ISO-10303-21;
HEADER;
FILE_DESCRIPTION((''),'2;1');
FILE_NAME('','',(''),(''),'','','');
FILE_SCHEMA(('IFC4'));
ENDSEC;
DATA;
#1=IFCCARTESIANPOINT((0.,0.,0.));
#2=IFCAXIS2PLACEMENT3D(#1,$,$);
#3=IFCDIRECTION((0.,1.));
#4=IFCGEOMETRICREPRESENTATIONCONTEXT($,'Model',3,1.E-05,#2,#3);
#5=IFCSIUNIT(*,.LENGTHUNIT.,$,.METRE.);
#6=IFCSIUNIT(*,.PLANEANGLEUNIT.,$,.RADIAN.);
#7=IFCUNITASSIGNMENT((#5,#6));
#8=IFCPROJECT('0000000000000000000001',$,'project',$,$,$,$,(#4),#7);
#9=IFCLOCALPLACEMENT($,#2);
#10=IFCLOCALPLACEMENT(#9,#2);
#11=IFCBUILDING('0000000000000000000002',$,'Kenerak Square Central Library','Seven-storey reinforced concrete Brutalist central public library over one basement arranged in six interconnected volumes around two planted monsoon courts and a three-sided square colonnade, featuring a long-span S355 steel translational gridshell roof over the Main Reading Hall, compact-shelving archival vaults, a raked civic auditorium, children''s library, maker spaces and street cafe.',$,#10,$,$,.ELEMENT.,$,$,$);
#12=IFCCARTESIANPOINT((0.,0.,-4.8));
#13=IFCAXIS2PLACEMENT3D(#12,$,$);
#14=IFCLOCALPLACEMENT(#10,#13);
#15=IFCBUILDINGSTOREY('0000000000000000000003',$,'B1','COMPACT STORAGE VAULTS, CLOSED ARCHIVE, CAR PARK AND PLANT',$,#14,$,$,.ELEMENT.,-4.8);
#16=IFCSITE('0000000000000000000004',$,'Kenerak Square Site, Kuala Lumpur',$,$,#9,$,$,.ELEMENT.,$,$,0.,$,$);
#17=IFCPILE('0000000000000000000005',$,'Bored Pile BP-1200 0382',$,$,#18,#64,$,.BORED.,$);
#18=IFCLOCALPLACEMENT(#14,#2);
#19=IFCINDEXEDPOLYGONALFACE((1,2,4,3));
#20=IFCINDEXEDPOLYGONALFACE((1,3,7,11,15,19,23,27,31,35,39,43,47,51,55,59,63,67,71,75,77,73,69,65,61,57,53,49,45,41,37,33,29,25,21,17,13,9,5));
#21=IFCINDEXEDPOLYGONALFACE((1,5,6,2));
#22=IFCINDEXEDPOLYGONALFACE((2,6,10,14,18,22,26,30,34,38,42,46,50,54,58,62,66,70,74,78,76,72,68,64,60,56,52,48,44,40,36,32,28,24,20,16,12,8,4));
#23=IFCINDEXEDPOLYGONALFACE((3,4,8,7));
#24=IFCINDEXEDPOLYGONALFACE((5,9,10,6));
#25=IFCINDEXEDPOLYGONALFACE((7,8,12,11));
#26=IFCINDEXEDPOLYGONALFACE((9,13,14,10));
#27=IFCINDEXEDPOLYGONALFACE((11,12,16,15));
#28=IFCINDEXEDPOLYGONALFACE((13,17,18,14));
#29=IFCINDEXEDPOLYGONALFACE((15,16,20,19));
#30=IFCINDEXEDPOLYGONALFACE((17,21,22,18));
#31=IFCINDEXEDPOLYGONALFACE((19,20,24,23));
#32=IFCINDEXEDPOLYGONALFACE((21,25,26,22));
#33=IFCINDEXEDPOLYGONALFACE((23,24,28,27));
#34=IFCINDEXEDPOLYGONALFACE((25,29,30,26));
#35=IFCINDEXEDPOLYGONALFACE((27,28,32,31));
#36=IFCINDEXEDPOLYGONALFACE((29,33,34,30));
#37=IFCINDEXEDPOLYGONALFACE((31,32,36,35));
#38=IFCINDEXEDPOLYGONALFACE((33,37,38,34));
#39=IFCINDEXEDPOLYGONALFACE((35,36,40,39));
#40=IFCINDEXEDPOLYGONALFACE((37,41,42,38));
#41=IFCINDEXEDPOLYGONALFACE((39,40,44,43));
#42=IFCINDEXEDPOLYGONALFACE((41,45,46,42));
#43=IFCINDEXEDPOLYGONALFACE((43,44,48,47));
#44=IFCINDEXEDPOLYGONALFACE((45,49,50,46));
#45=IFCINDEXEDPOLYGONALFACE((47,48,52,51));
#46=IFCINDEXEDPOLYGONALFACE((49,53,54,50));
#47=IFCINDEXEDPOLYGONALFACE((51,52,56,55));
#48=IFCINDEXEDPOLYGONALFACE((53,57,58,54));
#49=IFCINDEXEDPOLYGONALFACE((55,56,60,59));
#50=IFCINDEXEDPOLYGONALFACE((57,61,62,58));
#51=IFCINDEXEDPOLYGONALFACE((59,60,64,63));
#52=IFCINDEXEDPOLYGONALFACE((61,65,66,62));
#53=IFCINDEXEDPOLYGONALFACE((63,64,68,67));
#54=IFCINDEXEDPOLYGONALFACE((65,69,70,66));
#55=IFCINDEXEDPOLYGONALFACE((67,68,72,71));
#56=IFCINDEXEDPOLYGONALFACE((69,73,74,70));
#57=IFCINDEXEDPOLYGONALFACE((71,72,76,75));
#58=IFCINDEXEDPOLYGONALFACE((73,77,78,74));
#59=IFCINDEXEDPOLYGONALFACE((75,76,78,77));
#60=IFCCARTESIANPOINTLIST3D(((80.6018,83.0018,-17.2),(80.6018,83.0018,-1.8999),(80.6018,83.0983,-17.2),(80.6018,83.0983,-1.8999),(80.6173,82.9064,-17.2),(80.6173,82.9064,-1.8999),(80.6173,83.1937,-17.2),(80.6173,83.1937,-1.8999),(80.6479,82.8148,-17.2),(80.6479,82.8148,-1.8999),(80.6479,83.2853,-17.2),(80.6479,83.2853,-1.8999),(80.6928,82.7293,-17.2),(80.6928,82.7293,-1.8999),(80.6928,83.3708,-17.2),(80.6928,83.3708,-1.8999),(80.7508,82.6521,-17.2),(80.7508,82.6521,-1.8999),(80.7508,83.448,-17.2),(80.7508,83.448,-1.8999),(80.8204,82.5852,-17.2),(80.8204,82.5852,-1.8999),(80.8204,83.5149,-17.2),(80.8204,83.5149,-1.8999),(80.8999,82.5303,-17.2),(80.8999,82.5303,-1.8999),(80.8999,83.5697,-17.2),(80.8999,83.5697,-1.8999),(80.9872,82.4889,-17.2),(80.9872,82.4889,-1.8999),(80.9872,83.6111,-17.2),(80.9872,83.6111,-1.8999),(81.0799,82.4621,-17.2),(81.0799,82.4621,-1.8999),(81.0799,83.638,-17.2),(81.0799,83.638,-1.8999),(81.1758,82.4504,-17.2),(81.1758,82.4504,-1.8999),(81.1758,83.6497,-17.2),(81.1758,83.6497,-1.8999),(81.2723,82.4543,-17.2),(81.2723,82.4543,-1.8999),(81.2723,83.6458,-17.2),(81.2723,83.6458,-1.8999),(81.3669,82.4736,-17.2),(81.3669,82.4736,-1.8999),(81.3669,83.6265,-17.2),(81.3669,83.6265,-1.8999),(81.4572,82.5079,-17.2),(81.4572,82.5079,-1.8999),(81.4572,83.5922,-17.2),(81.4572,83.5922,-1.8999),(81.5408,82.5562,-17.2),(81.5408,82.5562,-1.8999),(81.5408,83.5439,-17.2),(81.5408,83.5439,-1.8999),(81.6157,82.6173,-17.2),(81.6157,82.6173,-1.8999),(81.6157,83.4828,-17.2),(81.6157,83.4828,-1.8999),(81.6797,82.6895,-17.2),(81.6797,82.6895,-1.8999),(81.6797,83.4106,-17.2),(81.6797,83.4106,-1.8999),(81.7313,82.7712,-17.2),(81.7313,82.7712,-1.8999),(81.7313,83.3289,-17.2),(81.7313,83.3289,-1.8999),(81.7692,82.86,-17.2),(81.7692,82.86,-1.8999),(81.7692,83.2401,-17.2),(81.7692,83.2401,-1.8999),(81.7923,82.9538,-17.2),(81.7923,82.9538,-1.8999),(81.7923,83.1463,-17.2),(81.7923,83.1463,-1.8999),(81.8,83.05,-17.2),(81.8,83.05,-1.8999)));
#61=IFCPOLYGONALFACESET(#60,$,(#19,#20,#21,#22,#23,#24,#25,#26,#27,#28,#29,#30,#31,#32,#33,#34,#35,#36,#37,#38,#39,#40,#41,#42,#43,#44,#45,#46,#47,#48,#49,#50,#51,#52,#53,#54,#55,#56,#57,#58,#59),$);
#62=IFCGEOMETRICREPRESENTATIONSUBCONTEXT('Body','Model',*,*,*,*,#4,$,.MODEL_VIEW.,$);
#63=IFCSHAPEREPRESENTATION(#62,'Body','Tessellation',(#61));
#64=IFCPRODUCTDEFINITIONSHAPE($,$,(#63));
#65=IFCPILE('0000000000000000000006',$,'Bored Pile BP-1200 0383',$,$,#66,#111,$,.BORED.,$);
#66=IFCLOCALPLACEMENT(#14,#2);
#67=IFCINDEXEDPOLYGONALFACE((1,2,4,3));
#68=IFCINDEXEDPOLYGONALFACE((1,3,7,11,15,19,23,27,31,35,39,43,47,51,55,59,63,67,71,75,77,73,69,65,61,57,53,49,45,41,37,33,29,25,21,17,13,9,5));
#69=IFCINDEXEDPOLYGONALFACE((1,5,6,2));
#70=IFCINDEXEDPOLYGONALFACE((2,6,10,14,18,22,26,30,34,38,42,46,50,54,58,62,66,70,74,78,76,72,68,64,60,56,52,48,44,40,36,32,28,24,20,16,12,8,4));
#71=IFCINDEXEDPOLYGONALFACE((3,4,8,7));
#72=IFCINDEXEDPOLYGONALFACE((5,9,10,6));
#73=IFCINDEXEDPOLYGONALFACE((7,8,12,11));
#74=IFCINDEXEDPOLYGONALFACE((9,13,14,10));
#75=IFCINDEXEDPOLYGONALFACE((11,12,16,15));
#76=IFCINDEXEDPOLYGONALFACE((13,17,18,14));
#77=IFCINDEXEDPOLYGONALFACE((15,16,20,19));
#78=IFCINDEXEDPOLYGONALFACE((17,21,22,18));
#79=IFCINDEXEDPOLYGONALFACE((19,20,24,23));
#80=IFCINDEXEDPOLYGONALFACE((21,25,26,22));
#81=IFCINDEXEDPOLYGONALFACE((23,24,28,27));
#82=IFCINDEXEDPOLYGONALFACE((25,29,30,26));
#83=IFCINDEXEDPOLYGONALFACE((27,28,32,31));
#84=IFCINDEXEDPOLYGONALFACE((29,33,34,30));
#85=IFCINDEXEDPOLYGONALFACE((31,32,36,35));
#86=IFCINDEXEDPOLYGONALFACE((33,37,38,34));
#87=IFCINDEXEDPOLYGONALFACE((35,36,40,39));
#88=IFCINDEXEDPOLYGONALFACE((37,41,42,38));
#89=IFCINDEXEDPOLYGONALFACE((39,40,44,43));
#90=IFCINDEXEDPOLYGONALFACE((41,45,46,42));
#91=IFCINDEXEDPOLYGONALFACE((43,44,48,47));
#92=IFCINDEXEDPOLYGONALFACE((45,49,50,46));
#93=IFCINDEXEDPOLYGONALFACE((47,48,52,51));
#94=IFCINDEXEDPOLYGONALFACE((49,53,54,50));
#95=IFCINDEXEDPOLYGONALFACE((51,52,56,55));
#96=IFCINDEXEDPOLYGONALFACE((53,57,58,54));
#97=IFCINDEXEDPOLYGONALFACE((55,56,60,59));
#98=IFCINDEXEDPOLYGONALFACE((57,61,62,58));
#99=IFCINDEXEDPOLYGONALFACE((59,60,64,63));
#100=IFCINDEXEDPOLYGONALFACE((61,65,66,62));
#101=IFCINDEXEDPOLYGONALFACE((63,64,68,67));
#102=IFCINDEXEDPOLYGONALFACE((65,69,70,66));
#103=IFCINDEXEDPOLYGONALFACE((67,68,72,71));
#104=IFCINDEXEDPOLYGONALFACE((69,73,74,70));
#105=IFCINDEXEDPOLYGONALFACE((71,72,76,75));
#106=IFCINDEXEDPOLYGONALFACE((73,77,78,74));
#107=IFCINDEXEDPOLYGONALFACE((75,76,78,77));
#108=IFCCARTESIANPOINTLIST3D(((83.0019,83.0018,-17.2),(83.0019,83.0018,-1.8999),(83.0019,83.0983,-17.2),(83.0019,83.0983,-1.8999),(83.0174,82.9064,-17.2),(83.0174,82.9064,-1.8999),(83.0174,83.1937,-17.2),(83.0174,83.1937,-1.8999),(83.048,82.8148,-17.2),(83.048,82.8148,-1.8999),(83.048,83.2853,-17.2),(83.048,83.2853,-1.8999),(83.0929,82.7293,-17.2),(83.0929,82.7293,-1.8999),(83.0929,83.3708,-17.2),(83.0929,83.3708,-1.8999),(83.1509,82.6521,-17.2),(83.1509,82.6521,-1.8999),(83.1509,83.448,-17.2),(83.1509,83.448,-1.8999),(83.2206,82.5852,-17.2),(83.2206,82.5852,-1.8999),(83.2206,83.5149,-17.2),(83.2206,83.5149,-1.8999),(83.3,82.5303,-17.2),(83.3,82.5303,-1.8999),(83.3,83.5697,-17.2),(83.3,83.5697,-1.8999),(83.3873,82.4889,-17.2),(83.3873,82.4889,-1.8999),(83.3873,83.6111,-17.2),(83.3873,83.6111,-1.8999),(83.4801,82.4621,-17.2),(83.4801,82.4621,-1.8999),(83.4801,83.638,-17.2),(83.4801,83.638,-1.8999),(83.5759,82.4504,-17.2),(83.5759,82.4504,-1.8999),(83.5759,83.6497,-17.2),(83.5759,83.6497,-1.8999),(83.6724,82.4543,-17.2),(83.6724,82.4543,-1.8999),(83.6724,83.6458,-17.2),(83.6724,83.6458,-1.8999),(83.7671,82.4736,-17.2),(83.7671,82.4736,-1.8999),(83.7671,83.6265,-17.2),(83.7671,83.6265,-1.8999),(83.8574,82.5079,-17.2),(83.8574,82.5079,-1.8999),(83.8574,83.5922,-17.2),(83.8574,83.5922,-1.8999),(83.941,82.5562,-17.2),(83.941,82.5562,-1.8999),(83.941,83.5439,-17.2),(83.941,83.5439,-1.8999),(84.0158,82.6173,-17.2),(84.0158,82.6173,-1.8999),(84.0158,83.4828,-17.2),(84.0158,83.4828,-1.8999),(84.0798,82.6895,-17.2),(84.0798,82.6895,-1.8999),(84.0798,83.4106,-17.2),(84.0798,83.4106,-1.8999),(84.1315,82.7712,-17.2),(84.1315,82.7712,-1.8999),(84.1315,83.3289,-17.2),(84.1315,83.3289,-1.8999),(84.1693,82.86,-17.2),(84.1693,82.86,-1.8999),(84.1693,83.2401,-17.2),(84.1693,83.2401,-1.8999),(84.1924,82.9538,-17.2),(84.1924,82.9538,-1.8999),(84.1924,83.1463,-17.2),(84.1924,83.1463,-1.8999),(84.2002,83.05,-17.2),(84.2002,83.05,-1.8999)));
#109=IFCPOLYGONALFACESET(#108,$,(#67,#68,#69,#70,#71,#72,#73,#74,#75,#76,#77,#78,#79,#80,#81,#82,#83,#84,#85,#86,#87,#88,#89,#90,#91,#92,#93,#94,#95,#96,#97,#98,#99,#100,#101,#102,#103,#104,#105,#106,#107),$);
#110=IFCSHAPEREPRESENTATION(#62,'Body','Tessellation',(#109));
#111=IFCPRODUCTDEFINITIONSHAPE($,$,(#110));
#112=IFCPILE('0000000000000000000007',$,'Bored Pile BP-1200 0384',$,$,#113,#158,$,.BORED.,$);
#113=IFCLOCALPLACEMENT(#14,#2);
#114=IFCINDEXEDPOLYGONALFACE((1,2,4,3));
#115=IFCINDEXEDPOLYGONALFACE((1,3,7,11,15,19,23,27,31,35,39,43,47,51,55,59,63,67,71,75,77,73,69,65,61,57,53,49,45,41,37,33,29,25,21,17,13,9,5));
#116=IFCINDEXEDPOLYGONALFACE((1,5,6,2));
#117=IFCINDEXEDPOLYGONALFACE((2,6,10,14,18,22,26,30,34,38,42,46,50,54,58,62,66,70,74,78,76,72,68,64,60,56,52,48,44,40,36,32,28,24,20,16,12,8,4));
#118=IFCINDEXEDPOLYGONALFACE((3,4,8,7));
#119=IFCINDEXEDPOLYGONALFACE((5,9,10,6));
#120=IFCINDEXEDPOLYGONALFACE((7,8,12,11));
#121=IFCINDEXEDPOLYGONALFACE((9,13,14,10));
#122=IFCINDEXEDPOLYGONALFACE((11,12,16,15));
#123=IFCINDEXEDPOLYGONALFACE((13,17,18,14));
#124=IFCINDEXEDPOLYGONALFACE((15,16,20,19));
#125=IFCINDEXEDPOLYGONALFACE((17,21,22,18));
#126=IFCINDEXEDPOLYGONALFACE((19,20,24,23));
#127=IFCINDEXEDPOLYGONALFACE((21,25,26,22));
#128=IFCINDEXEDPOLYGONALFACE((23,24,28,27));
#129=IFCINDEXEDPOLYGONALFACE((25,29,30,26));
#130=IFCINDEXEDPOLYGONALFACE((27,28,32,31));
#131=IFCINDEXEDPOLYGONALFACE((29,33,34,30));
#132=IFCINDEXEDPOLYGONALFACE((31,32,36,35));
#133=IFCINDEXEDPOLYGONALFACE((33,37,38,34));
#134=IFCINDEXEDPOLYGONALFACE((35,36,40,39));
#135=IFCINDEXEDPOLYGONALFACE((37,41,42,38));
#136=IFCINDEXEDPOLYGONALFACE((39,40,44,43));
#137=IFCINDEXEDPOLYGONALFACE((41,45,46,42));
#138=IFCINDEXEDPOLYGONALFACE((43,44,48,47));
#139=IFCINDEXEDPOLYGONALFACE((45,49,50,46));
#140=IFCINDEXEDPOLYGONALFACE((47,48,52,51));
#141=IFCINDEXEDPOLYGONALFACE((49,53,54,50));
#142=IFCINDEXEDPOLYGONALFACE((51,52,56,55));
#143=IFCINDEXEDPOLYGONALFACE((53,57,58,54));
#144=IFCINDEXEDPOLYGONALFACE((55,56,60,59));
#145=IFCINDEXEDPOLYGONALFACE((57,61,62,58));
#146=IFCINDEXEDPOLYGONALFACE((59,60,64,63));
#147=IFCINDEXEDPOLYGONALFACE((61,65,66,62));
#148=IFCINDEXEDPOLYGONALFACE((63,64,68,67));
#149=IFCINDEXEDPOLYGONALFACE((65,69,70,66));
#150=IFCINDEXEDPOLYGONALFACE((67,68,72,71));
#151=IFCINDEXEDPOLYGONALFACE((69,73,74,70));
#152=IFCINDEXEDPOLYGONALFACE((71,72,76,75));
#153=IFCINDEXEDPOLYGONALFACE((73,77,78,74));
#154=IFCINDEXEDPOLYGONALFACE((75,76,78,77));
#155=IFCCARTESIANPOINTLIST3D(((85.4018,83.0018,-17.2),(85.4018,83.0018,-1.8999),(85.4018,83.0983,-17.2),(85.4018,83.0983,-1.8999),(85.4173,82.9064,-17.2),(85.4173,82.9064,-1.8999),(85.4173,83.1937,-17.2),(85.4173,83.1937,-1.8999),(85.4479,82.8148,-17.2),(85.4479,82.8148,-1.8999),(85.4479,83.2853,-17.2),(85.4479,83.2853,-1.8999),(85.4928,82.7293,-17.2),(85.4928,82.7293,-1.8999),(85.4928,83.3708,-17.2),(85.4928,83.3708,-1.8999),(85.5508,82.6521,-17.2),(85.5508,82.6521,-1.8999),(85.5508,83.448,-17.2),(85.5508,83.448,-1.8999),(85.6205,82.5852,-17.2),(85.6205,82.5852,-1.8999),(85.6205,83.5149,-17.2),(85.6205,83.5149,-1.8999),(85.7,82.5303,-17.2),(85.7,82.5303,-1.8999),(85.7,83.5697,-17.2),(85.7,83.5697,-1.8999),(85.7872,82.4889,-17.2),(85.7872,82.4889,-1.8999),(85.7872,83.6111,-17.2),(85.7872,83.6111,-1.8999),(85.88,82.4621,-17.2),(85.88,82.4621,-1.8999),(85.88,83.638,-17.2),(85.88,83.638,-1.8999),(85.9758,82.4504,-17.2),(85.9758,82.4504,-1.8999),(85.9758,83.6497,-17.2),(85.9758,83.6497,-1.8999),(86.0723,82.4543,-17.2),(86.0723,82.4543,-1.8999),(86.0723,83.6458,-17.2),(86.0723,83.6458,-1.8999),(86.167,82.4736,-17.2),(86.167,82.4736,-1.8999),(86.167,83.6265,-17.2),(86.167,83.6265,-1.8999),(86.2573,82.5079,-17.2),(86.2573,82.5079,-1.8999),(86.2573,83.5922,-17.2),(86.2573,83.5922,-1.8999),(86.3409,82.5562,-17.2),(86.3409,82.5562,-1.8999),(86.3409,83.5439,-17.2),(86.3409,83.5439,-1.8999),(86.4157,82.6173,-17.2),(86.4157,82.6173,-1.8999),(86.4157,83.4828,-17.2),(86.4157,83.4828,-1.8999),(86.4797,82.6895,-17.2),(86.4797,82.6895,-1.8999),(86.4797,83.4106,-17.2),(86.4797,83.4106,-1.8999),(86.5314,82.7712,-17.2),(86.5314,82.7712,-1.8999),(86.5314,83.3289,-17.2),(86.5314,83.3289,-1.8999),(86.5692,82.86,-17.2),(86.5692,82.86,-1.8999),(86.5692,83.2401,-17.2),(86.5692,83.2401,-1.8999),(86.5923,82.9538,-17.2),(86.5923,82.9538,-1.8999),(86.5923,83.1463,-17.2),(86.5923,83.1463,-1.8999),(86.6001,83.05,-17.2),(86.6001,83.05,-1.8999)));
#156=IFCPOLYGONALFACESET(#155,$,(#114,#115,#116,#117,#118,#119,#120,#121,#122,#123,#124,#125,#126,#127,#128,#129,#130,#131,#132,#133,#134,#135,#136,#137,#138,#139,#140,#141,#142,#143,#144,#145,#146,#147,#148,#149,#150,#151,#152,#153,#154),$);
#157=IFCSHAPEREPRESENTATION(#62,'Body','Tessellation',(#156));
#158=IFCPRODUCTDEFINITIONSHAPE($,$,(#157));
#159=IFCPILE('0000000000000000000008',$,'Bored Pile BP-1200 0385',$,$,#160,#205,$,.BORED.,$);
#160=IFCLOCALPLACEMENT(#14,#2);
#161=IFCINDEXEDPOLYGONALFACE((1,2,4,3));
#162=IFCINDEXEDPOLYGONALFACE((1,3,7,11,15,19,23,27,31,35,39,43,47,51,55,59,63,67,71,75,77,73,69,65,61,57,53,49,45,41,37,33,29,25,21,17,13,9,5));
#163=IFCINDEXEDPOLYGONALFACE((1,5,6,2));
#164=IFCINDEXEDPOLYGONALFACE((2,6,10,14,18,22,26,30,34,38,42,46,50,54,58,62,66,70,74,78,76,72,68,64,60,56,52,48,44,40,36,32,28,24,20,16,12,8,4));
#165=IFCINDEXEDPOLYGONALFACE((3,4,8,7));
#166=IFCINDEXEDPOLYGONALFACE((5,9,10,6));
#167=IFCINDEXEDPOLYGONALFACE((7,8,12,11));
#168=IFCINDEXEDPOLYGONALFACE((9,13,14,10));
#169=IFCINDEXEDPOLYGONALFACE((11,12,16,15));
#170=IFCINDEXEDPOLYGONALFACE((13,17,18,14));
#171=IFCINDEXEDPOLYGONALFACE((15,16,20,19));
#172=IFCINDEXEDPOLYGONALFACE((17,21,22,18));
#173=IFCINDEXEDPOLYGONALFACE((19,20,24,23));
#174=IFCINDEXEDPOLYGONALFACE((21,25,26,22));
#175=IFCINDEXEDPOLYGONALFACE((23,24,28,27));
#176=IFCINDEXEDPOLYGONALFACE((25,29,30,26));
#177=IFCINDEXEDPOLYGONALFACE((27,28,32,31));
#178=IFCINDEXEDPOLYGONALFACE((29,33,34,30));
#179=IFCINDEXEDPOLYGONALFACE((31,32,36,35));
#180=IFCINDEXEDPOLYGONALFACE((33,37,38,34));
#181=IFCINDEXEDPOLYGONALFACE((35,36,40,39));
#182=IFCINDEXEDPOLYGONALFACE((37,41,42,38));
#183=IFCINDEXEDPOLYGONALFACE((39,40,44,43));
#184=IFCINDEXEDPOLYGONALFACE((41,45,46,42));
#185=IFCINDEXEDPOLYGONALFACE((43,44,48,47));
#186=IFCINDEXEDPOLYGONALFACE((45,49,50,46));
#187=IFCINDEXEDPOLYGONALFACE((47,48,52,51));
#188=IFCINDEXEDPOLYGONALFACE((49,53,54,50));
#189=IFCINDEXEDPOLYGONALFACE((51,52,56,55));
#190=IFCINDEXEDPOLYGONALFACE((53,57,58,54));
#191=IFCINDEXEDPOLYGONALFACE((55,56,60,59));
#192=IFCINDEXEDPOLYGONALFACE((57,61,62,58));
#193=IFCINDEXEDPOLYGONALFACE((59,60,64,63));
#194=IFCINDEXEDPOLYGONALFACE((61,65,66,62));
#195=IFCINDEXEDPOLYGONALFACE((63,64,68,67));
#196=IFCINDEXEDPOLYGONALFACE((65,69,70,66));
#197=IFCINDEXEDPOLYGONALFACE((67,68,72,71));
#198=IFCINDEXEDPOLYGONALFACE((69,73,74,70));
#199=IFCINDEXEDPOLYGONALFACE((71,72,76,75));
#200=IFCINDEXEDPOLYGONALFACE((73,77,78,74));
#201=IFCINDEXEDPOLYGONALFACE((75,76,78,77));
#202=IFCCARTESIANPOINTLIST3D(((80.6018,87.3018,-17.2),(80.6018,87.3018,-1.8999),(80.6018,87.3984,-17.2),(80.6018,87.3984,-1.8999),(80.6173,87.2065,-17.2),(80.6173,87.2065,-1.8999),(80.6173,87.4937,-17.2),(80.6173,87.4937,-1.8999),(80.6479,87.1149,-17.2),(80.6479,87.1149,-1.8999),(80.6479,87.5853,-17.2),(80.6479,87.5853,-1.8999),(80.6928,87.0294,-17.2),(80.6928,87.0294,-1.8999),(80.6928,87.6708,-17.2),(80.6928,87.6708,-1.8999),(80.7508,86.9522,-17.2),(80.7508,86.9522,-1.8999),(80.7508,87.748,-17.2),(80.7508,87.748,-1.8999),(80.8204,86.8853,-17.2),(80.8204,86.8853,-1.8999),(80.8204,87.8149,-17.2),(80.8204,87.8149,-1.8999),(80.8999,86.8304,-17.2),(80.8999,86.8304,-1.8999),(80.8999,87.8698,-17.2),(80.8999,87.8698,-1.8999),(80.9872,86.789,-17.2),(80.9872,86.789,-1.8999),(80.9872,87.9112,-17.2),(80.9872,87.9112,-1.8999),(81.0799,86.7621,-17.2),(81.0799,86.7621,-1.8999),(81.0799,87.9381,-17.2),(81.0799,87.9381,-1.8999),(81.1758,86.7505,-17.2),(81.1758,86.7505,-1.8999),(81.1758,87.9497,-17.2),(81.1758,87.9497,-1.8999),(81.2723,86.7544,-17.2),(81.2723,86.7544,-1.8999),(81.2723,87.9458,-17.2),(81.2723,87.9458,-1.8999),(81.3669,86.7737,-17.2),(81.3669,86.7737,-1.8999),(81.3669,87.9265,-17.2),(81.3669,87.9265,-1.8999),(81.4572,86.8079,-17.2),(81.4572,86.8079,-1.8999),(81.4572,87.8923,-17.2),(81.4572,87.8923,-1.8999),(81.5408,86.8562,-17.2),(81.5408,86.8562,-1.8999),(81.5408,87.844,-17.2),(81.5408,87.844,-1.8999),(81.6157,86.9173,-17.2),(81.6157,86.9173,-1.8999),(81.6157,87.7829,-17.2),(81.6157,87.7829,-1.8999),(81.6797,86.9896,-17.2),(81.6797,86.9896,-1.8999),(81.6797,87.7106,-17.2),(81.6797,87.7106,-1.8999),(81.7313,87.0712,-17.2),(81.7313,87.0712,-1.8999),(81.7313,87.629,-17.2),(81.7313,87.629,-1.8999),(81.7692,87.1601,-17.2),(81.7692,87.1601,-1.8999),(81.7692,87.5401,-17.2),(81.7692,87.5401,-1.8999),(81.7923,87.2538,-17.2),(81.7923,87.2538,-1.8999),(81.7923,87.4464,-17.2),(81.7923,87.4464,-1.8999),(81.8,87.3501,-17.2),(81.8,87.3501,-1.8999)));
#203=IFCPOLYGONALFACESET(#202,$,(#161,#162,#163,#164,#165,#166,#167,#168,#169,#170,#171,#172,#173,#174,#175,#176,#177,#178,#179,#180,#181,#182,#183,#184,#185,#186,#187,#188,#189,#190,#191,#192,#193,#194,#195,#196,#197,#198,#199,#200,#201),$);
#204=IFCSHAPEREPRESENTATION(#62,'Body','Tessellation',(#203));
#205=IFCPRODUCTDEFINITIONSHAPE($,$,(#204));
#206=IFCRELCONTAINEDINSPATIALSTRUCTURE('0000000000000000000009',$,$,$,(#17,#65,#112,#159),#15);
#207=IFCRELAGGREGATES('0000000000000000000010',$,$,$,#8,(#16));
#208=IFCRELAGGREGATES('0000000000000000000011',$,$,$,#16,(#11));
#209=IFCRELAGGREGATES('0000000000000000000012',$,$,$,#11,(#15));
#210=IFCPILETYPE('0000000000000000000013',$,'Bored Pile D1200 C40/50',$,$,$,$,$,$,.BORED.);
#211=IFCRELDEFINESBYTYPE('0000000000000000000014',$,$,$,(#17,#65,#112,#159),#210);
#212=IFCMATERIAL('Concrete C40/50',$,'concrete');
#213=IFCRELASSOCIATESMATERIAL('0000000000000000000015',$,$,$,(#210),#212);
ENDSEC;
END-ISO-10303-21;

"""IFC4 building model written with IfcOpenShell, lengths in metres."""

from ifc_helpers import new_model, si_unit, direction, frame, origin, origin_2d, place, context, subcontext, project, spatial, circle, extrude, material, material_profile, profile_set, type_object, element, save


model = new_model("IFC4")

# Units and contexts
model_context = context("Model", 3, precision=1e-05, world=origin(), true_north=direction((0.0, 1.0)))
body_context = subcontext(model_context, "Body", "Model", "MODEL_VIEW")
ifc_project = project(units=[si_unit("LENGTHUNIT", "METRE"), si_unit("PLANEANGLEUNIT", "RADIAN")], contexts=[model_context])

# Site, building, storey
site_placement = place(None, origin())
site = spatial("IfcSite", under=ifc_project, at=site_placement, Name="Kenerak Square Site, Kuala Lumpur", CompositionType="ELEMENT", RefElevation=0.0)
building_placement = place(site_placement, origin())
building = spatial("IfcBuilding", under=site, at=building_placement, Name="Kenerak Square Central Library", Description="Seven-storey reinforced concrete Brutalist central public library over one basement arranged in six interconnected volumes around two planted monsoon courts and a three-sided square colonnade, featuring a long-span S355 steel translational gridshell roof over the Main Reading Hall, compact-shelving archival vaults, a raked civic auditorium, children's library, maker spaces and street cafe.", CompositionType="ELEMENT")
storey_placement = place(building_placement, frame((0.0, 0.0, -4.8)))
storey = spatial("IfcBuildingStorey", under=building, at=storey_placement, Name="B1", Description="COMPACT STORAGE VAULTS, CLOSED ARCHIVE, CAR PARK AND PLANT", CompositionType="ELEMENT", Elevation=-4.8)

# Piles
ifc_material_1 = material(Name="Concrete C40/50", Category="concrete")
ifc_material_profile_1 = material_profile(ifc_material_1, circle(Radius=0.6001, at=origin_2d()), Name="BP D1200")
ifc_profile_set_1 = profile_set([ifc_material_profile_1], Name="Concrete C40/50")
pile_type = type_object("IfcPileType", Name="Bored Pile D1200 C40/50", PredefinedType="BORED", material=ifc_profile_set_1)
for number, where, z_axis, x_axis, name in (
    (1, (81.2, 83.05, -1.8999), (0.0, 0.0, -1.0), (1.0, 0.0, 0.0), "Bored Pile BP-1200 0382"),
    (2, (83.6001, 83.05, -1.8999), (0.0, 0.0, -1.0), (1.0, 0.0, 0.0), "Bored Pile BP-1200 0383"),
    (3, (86.0, 83.05, -1.8999), (0.0, 0.0, -1.0), (1.0, 0.0, 0.0), "Bored Pile BP-1200 0384"),
    (4, (81.2, 87.3501, -1.8999), (0.0, 0.0, -1.0), (1.0, 0.0, 0.0), "Bored Pile BP-1200 0385"),
):
    element("IfcPile", number, at=place(storey_placement, frame(where, z_axis=z_axis, x_axis=x_axis)), inside=storey, type_object=pile_type, Name=name, PredefinedType="BORED", context=body_context, shape_type="SweptSolid", body=[
        extrude(circle(Radius=0.6001, at=origin_2d()), origin(), (0.0, 0.0, 1.0), 15.3),
    ])

save(model, "model.ifc")
